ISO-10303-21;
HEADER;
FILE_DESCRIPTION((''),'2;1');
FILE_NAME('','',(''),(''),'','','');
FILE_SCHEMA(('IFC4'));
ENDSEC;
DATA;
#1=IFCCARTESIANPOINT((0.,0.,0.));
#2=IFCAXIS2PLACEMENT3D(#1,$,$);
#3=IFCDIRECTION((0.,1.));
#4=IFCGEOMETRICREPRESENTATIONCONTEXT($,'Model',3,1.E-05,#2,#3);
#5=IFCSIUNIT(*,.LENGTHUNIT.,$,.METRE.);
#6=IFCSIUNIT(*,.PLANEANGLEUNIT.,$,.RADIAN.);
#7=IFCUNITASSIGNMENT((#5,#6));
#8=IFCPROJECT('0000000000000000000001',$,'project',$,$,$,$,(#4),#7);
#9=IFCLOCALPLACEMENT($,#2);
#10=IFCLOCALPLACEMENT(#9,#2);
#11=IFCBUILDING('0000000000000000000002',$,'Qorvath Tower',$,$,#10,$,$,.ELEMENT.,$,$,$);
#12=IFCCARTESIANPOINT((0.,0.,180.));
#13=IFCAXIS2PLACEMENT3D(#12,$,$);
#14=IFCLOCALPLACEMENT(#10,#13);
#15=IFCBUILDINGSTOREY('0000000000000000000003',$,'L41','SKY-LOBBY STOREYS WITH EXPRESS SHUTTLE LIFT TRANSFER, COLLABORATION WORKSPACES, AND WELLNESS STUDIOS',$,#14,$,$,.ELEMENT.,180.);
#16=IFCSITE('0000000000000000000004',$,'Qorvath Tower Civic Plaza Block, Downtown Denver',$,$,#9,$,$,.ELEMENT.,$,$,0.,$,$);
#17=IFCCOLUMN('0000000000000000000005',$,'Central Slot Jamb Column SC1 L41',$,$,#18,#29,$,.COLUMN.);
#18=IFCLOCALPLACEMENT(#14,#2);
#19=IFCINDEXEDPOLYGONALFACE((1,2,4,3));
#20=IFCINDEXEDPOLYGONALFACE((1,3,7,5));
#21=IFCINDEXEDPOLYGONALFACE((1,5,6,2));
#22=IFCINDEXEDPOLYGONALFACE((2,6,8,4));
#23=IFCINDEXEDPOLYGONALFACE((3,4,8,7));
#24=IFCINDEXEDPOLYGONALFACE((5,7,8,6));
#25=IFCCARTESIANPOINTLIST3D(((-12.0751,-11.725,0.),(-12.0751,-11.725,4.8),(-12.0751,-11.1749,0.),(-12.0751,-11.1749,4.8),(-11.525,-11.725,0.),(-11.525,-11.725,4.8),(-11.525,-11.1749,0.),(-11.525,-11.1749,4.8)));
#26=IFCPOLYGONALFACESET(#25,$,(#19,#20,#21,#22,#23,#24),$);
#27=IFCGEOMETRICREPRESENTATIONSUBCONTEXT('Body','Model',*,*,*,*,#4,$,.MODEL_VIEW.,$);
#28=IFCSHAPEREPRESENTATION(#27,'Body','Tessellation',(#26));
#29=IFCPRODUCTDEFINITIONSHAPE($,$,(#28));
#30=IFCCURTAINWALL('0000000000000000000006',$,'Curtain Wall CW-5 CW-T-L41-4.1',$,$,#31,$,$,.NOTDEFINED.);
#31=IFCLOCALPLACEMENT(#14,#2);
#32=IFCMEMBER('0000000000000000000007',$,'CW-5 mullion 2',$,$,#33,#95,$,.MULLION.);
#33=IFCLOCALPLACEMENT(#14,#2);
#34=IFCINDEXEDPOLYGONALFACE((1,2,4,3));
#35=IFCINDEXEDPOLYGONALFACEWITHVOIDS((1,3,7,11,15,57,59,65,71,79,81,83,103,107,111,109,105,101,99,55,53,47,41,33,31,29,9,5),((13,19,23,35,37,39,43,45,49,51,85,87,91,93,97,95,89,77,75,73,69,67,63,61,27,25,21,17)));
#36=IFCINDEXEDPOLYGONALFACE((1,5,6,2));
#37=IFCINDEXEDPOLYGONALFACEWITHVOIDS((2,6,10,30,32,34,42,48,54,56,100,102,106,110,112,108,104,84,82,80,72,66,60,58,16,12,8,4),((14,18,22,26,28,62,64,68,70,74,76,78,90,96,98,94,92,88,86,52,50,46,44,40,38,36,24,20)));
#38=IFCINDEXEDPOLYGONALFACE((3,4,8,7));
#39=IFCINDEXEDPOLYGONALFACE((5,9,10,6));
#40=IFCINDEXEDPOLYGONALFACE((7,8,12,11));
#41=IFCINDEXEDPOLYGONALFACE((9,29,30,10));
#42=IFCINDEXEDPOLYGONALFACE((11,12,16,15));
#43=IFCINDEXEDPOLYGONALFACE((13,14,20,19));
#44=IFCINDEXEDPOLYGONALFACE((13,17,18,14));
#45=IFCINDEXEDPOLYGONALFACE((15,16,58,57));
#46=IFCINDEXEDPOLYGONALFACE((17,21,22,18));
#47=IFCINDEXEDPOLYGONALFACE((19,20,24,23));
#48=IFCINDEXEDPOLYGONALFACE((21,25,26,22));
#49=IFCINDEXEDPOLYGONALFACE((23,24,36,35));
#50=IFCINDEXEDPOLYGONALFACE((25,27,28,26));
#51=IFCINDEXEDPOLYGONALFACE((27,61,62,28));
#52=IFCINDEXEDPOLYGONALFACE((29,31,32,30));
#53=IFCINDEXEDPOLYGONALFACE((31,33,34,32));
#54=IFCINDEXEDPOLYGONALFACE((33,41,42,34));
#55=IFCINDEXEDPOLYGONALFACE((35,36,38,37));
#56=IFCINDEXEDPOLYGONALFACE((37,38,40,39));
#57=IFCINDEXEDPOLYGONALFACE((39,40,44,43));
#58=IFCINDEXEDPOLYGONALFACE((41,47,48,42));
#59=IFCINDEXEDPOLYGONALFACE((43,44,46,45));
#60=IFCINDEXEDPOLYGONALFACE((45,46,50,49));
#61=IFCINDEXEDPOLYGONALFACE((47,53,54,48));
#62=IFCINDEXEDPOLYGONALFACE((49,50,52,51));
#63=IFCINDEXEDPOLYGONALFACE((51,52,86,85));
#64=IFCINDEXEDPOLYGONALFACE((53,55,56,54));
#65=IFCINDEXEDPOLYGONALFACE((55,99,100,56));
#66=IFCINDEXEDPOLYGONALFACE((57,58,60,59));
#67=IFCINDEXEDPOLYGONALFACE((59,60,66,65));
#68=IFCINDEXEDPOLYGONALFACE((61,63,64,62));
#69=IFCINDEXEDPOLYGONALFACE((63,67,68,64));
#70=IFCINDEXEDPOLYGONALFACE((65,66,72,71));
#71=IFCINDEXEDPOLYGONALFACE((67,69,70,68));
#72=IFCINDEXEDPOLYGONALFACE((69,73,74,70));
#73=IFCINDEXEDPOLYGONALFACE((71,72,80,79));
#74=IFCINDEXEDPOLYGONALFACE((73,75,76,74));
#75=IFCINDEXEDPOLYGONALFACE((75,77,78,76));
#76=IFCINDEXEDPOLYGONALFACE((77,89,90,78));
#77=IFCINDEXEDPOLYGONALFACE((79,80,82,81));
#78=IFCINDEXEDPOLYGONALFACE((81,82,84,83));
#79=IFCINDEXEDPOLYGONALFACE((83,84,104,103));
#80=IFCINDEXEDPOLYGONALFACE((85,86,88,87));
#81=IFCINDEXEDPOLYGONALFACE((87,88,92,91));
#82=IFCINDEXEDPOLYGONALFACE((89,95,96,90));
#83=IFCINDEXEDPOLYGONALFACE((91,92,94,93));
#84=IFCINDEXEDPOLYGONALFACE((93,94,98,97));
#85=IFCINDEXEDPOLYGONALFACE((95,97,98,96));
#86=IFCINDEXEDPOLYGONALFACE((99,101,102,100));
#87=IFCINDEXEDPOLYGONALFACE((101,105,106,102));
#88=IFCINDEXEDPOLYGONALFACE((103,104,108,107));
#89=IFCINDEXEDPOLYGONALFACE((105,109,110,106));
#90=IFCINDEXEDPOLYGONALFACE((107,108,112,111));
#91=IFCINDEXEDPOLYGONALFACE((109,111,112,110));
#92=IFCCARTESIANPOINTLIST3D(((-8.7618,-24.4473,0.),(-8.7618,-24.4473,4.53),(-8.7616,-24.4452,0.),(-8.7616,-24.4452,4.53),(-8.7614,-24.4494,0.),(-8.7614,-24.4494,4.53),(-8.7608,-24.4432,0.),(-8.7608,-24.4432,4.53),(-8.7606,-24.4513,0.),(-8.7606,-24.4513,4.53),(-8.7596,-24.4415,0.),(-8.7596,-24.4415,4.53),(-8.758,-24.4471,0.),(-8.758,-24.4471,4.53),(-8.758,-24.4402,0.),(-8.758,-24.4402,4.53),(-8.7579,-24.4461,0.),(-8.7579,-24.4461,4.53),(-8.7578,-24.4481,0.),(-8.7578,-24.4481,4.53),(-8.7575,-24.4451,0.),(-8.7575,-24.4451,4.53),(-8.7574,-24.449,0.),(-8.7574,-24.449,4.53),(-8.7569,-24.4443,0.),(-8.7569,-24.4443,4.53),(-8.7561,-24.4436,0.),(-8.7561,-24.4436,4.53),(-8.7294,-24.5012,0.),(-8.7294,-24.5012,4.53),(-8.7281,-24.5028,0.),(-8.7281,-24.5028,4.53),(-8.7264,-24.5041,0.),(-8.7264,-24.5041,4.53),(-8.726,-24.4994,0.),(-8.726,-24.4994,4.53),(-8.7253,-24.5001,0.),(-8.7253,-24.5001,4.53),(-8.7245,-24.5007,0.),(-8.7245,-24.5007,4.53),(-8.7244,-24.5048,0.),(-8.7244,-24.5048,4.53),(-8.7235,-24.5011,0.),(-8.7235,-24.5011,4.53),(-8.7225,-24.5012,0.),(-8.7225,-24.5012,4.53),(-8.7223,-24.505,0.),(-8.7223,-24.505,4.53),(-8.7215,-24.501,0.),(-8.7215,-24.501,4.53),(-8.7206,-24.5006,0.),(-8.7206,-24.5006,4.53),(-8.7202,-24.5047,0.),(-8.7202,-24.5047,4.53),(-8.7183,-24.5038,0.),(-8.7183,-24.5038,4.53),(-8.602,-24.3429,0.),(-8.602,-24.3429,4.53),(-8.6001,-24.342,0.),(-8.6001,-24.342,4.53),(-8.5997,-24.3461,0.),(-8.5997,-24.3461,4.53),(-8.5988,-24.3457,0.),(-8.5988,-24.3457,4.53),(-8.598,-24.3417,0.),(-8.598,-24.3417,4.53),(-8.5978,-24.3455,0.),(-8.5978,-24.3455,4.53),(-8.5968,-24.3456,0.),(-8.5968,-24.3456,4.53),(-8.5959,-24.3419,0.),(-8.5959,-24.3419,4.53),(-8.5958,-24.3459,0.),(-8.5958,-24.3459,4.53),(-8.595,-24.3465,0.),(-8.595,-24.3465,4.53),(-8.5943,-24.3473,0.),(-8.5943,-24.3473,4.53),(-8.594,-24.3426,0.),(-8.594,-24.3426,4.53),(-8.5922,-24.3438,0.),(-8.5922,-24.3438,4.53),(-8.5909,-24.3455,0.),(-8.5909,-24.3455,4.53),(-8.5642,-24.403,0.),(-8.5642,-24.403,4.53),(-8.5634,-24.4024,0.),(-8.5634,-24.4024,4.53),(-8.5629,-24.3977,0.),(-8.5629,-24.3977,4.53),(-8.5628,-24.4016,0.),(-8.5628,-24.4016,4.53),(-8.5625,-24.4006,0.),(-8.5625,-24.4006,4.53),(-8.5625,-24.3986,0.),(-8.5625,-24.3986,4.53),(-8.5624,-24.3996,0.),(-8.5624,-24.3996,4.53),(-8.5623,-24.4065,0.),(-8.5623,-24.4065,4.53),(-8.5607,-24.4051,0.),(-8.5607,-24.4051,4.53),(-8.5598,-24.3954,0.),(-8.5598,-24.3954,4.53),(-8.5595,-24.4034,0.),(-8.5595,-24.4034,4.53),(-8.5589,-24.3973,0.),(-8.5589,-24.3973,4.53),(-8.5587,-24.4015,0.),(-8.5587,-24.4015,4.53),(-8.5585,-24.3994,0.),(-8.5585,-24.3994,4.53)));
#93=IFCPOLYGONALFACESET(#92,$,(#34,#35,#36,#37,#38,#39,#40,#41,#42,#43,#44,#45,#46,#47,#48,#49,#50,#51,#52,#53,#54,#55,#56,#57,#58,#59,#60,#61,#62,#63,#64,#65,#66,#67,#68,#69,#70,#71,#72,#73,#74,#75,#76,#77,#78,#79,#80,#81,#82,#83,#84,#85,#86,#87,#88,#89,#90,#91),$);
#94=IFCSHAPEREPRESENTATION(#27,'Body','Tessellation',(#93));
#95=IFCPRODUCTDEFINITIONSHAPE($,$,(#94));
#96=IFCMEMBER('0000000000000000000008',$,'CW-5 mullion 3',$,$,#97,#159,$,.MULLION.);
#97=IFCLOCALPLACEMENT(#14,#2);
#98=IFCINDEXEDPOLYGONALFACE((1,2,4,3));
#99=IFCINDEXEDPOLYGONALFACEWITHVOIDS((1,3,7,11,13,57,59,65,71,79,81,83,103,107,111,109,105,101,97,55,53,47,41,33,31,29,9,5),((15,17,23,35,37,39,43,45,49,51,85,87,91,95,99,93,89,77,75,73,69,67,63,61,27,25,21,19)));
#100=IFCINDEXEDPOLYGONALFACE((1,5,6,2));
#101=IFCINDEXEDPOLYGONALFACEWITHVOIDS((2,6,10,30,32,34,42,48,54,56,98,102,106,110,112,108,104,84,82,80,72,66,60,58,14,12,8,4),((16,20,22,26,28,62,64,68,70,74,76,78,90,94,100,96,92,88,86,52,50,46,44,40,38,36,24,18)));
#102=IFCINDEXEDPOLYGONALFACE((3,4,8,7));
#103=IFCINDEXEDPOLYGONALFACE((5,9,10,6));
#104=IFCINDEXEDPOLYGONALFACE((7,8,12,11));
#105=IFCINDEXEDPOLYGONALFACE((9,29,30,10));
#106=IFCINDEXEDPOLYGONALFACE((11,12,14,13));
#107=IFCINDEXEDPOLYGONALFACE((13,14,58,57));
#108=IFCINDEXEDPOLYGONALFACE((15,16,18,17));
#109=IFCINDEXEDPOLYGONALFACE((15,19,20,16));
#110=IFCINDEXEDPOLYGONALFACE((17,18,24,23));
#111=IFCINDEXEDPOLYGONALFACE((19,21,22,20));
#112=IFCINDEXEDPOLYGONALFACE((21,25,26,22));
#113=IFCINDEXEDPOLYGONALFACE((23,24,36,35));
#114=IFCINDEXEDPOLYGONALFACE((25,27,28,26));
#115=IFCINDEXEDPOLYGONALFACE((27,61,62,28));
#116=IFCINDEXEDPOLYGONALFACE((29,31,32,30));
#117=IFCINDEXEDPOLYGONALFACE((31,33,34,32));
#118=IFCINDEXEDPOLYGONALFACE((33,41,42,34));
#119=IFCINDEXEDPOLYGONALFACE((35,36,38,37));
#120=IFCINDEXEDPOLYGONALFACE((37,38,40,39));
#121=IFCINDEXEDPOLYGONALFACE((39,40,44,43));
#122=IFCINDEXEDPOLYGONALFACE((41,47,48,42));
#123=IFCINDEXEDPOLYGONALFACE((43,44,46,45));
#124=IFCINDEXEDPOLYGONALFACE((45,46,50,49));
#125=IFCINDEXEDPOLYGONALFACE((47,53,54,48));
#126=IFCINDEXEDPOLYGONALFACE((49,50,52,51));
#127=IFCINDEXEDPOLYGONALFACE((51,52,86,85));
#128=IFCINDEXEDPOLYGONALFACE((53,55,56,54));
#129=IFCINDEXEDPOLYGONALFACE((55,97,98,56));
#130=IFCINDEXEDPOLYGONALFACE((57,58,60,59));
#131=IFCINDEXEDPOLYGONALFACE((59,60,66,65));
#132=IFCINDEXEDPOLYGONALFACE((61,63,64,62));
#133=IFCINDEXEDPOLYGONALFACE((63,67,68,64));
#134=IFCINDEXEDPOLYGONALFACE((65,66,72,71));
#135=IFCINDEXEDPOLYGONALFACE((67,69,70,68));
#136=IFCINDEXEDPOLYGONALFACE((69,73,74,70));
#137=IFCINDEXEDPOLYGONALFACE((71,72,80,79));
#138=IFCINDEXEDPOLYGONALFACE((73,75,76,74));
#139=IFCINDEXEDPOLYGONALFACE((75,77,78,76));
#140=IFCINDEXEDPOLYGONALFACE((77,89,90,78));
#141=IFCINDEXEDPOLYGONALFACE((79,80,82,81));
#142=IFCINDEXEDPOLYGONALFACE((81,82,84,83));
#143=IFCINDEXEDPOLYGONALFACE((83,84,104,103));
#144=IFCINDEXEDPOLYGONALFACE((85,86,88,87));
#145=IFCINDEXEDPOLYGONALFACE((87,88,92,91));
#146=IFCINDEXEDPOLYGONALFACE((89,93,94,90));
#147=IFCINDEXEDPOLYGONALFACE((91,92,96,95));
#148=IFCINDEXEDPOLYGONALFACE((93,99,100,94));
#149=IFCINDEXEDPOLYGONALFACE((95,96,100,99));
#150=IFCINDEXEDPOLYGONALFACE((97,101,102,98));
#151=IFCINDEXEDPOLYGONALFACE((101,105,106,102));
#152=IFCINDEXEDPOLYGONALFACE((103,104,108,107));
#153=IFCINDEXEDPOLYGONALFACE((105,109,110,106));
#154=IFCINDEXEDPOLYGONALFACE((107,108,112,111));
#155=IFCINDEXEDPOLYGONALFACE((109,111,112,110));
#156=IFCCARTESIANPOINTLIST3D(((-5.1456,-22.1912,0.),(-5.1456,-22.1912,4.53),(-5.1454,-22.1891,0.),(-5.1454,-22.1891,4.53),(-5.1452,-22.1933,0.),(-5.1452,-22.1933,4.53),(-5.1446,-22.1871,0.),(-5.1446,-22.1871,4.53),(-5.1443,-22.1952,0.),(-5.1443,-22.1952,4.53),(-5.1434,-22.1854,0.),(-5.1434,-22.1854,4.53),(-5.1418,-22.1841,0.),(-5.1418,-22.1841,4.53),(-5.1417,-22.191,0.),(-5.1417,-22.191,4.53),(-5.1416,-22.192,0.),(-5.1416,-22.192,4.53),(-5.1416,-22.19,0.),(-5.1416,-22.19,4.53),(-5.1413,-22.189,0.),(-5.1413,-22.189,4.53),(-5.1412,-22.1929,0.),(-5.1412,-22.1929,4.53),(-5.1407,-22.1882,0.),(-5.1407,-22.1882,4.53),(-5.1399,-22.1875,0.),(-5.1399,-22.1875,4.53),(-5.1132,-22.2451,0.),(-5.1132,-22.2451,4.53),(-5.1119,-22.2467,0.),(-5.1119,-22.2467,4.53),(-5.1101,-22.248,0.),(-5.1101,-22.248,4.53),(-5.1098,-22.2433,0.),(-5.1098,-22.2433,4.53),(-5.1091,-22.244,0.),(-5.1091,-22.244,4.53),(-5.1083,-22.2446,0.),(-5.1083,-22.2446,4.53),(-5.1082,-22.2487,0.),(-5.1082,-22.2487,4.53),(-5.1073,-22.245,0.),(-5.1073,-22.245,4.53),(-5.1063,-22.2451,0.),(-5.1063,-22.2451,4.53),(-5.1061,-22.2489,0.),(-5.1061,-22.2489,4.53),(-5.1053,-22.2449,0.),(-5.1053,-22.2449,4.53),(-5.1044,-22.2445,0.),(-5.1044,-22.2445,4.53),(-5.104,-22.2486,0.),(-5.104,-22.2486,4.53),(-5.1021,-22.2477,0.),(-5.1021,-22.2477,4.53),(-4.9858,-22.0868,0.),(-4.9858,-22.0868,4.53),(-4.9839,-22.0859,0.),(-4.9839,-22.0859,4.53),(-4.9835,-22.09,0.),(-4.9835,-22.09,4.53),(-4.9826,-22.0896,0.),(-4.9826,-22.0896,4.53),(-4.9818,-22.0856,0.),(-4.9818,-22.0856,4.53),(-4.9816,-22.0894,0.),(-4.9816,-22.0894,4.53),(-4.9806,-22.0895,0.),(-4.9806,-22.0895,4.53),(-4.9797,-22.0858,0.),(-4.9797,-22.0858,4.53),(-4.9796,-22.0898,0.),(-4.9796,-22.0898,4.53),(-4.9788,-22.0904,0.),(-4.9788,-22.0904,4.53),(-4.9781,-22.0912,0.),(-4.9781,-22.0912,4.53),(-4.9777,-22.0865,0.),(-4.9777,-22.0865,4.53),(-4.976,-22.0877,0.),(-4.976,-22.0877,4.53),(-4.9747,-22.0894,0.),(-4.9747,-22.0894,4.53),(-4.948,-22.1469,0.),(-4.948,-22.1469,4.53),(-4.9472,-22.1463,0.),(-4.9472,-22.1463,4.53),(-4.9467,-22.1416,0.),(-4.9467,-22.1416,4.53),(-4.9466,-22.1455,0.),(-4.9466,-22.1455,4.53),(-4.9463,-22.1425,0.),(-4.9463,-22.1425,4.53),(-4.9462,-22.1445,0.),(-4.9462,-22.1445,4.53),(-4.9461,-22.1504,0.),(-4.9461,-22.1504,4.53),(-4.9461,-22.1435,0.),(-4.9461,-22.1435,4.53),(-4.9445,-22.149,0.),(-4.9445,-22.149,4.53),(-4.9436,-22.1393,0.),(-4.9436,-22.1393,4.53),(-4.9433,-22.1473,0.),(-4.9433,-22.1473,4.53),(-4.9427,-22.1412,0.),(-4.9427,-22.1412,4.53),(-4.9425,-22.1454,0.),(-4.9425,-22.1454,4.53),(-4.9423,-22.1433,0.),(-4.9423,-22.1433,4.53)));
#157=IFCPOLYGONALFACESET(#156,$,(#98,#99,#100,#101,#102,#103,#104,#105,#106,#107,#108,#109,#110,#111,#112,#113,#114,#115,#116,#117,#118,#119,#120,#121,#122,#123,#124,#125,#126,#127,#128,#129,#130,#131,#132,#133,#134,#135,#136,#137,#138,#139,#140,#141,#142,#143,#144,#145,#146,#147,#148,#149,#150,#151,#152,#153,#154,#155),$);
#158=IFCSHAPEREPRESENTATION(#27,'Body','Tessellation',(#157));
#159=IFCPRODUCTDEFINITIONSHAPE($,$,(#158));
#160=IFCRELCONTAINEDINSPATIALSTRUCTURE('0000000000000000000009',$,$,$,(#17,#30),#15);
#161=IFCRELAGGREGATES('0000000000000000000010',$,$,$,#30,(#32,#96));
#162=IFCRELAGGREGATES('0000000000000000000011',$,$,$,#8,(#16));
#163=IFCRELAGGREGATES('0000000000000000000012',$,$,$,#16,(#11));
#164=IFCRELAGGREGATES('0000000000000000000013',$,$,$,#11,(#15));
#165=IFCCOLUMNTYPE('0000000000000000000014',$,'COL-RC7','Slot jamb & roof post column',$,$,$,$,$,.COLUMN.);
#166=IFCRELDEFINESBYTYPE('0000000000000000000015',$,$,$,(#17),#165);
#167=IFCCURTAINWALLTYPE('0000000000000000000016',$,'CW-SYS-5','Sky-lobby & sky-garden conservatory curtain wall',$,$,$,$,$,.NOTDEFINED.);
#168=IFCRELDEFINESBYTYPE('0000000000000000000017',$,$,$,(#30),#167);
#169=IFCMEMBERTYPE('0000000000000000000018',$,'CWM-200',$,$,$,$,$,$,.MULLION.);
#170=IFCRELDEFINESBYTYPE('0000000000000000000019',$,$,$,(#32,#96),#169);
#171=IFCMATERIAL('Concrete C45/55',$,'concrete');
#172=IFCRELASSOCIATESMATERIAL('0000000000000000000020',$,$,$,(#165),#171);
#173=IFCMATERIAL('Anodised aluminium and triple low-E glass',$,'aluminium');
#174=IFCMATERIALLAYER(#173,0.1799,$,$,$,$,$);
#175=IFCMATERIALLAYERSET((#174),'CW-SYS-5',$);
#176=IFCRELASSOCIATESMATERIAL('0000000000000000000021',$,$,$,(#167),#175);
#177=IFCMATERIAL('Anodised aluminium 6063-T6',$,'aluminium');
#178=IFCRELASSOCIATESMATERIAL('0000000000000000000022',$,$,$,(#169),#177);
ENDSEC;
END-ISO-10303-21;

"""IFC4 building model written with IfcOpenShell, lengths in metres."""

from ifc_helpers import new_model, si_unit, direction, frame, origin, origin_2d, place, context, subcontext, project, spatial, rectangle, hollow_rectangle, extrude, material, layer, layer_set, material_profile, profile_set, type_object, element, aggregate, save


model = new_model("IFC4")

# Units and contexts
model_context = context("Model", 3, precision=1e-05, world=origin(), true_north=direction((0.0, 1.0)))
body_context = subcontext(model_context, "Body", "Model", "MODEL_VIEW")
ifc_project = project(units=[si_unit("LENGTHUNIT", "METRE"), si_unit("PLANEANGLEUNIT", "RADIAN")], contexts=[model_context])

# Site, building, storey
site_placement = place(None, origin())
site = spatial("IfcSite", under=ifc_project, at=site_placement, Name="Qorvath Tower Civic Plaza Block, Downtown Denver", CompositionType="ELEMENT", RefElevation=0.0)
building_placement = place(site_placement, origin())
building = spatial("IfcBuilding", under=site, at=building_placement, Name="Qorvath Tower", CompositionType="ELEMENT")
storey_placement = place(building_placement, frame((0.0, 0.0, 180.0)))
storey = spatial("IfcBuildingStorey", under=building, at=storey_placement, Name="L41", Description="SKY-LOBBY STOREYS WITH EXPRESS SHUTTLE LIFT TRANSFER, COLLABORATION WORKSPACES, AND WELLNESS STUDIOS", CompositionType="ELEMENT", Elevation=180.0)

# Column
ifc_material_1 = material(Name="Concrete C45/55", Category="concrete")
ifc_material_profile_1 = material_profile(ifc_material_1, rectangle(XDim=0.55, YDim=0.55, at=origin_2d()), Name="RC 550x550")
ifc_profile_set_1 = profile_set([ifc_material_profile_1], Name="Concrete C45/55")
column_type = type_object("IfcColumnType", Name="COL-RC7", Description="Slot jamb & roof post column", PredefinedType="COLUMN", material=ifc_profile_set_1)
column_placement = place(storey_placement, frame((-11.8, -11.45, 0.0), z_axis=(0.0, 0.0, 1.0), x_axis=(1.0, 0.0, 0.0)))
element("IfcColumn", 1, at=column_placement, inside=storey, type_object=column_type, Name="Central Slot Jamb Column SC1 L41", PredefinedType="COLUMN", context=body_context, shape_type="SweptSolid", body=[
    extrude(rectangle(XDim=0.55, YDim=0.55, at=origin_2d()), origin(), (0.0, 0.0, 1.0), 4.8),
])

# Curtain wall, members
ifc_material_2 = material(Name="Anodised aluminium and triple low-E glass", Category="aluminium")
ifc_layer_1 = layer(ifc_material_2, 0.1799)
ifc_layer_set_1 = layer_set([ifc_layer_1], Name="CW-SYS-5")
curtain_wall_type = type_object("IfcCurtainWallType", Name="CW-SYS-5", Description="Sky-lobby & sky-garden conservatory curtain wall", PredefinedType="NOTDEFINED", material=ifc_layer_set_1)
curtain_wall_1_placement = place(storey_placement, origin())
curtain_wall_1 = element("IfcCurtainWall", 2, at=curtain_wall_1_placement, inside=storey, type_object=curtain_wall_type, Name="Curtain Wall CW-5 CW-T-L41-4.1", PredefinedType="NOTDEFINED")
ifc_material_3 = material(Name="Anodised aluminium 6063-T6", Category="aluminium")
ifc_material_profile_2 = material_profile(ifc_material_3, hollow_rectangle(XDim=0.075, YDim=0.2, WallThickness=0.0039, InnerFilletRadius=0.0039, OuterFilletRadius=0.0081, at=origin_2d()), Name="CWM 200x75")
ifc_profile_set_2 = profile_set([ifc_material_profile_2], Name="Anodised aluminium 6063-T6")
member_type_1 = type_object("IfcMemberType", Name="CWM-200", PredefinedType="MULLION", material=ifc_profile_set_2)
member_1_placement = place(storey_placement, frame((-8.6602, -24.4233, 0.0), z_axis=(0.0, 0.0, 1.0), x_axis=(-0.52931, 0.848429, 0.0)))
member_1 = element("IfcMember", 3, at=member_1_placement, type_object=member_type_1, Name="CW-5 mullion 2", PredefinedType="MULLION", context=body_context, shape_type="SweptSolid", body=[
    extrude(hollow_rectangle(XDim=0.075, YDim=0.2, WallThickness=0.0039, InnerFilletRadius=0.0039, OuterFilletRadius=0.0081, at=origin_2d()), origin(), (0.0, 0.0, 1.0), 4.53),
])
member_2_placement = place(storey_placement, frame((-5.0439, -22.1672, 0.0), z_axis=(0.0, 0.0, 1.0), x_axis=(-0.52931, 0.848429, 0.0)))
member_2 = element("IfcMember", 4, at=member_2_placement, type_object=member_type_1, Name="CW-5 mullion 3", PredefinedType="MULLION", context=body_context, shape_type="SweptSolid", body=[
    extrude(hollow_rectangle(XDim=0.075, YDim=0.2, WallThickness=0.0039, InnerFilletRadius=0.0039, OuterFilletRadius=0.0081, at=origin_2d()), origin(), (0.0, 0.0, 1.0), 4.53),
])

aggregate(curtain_wall_1, [member_1, member_2])

save(model, "model.ifc")
